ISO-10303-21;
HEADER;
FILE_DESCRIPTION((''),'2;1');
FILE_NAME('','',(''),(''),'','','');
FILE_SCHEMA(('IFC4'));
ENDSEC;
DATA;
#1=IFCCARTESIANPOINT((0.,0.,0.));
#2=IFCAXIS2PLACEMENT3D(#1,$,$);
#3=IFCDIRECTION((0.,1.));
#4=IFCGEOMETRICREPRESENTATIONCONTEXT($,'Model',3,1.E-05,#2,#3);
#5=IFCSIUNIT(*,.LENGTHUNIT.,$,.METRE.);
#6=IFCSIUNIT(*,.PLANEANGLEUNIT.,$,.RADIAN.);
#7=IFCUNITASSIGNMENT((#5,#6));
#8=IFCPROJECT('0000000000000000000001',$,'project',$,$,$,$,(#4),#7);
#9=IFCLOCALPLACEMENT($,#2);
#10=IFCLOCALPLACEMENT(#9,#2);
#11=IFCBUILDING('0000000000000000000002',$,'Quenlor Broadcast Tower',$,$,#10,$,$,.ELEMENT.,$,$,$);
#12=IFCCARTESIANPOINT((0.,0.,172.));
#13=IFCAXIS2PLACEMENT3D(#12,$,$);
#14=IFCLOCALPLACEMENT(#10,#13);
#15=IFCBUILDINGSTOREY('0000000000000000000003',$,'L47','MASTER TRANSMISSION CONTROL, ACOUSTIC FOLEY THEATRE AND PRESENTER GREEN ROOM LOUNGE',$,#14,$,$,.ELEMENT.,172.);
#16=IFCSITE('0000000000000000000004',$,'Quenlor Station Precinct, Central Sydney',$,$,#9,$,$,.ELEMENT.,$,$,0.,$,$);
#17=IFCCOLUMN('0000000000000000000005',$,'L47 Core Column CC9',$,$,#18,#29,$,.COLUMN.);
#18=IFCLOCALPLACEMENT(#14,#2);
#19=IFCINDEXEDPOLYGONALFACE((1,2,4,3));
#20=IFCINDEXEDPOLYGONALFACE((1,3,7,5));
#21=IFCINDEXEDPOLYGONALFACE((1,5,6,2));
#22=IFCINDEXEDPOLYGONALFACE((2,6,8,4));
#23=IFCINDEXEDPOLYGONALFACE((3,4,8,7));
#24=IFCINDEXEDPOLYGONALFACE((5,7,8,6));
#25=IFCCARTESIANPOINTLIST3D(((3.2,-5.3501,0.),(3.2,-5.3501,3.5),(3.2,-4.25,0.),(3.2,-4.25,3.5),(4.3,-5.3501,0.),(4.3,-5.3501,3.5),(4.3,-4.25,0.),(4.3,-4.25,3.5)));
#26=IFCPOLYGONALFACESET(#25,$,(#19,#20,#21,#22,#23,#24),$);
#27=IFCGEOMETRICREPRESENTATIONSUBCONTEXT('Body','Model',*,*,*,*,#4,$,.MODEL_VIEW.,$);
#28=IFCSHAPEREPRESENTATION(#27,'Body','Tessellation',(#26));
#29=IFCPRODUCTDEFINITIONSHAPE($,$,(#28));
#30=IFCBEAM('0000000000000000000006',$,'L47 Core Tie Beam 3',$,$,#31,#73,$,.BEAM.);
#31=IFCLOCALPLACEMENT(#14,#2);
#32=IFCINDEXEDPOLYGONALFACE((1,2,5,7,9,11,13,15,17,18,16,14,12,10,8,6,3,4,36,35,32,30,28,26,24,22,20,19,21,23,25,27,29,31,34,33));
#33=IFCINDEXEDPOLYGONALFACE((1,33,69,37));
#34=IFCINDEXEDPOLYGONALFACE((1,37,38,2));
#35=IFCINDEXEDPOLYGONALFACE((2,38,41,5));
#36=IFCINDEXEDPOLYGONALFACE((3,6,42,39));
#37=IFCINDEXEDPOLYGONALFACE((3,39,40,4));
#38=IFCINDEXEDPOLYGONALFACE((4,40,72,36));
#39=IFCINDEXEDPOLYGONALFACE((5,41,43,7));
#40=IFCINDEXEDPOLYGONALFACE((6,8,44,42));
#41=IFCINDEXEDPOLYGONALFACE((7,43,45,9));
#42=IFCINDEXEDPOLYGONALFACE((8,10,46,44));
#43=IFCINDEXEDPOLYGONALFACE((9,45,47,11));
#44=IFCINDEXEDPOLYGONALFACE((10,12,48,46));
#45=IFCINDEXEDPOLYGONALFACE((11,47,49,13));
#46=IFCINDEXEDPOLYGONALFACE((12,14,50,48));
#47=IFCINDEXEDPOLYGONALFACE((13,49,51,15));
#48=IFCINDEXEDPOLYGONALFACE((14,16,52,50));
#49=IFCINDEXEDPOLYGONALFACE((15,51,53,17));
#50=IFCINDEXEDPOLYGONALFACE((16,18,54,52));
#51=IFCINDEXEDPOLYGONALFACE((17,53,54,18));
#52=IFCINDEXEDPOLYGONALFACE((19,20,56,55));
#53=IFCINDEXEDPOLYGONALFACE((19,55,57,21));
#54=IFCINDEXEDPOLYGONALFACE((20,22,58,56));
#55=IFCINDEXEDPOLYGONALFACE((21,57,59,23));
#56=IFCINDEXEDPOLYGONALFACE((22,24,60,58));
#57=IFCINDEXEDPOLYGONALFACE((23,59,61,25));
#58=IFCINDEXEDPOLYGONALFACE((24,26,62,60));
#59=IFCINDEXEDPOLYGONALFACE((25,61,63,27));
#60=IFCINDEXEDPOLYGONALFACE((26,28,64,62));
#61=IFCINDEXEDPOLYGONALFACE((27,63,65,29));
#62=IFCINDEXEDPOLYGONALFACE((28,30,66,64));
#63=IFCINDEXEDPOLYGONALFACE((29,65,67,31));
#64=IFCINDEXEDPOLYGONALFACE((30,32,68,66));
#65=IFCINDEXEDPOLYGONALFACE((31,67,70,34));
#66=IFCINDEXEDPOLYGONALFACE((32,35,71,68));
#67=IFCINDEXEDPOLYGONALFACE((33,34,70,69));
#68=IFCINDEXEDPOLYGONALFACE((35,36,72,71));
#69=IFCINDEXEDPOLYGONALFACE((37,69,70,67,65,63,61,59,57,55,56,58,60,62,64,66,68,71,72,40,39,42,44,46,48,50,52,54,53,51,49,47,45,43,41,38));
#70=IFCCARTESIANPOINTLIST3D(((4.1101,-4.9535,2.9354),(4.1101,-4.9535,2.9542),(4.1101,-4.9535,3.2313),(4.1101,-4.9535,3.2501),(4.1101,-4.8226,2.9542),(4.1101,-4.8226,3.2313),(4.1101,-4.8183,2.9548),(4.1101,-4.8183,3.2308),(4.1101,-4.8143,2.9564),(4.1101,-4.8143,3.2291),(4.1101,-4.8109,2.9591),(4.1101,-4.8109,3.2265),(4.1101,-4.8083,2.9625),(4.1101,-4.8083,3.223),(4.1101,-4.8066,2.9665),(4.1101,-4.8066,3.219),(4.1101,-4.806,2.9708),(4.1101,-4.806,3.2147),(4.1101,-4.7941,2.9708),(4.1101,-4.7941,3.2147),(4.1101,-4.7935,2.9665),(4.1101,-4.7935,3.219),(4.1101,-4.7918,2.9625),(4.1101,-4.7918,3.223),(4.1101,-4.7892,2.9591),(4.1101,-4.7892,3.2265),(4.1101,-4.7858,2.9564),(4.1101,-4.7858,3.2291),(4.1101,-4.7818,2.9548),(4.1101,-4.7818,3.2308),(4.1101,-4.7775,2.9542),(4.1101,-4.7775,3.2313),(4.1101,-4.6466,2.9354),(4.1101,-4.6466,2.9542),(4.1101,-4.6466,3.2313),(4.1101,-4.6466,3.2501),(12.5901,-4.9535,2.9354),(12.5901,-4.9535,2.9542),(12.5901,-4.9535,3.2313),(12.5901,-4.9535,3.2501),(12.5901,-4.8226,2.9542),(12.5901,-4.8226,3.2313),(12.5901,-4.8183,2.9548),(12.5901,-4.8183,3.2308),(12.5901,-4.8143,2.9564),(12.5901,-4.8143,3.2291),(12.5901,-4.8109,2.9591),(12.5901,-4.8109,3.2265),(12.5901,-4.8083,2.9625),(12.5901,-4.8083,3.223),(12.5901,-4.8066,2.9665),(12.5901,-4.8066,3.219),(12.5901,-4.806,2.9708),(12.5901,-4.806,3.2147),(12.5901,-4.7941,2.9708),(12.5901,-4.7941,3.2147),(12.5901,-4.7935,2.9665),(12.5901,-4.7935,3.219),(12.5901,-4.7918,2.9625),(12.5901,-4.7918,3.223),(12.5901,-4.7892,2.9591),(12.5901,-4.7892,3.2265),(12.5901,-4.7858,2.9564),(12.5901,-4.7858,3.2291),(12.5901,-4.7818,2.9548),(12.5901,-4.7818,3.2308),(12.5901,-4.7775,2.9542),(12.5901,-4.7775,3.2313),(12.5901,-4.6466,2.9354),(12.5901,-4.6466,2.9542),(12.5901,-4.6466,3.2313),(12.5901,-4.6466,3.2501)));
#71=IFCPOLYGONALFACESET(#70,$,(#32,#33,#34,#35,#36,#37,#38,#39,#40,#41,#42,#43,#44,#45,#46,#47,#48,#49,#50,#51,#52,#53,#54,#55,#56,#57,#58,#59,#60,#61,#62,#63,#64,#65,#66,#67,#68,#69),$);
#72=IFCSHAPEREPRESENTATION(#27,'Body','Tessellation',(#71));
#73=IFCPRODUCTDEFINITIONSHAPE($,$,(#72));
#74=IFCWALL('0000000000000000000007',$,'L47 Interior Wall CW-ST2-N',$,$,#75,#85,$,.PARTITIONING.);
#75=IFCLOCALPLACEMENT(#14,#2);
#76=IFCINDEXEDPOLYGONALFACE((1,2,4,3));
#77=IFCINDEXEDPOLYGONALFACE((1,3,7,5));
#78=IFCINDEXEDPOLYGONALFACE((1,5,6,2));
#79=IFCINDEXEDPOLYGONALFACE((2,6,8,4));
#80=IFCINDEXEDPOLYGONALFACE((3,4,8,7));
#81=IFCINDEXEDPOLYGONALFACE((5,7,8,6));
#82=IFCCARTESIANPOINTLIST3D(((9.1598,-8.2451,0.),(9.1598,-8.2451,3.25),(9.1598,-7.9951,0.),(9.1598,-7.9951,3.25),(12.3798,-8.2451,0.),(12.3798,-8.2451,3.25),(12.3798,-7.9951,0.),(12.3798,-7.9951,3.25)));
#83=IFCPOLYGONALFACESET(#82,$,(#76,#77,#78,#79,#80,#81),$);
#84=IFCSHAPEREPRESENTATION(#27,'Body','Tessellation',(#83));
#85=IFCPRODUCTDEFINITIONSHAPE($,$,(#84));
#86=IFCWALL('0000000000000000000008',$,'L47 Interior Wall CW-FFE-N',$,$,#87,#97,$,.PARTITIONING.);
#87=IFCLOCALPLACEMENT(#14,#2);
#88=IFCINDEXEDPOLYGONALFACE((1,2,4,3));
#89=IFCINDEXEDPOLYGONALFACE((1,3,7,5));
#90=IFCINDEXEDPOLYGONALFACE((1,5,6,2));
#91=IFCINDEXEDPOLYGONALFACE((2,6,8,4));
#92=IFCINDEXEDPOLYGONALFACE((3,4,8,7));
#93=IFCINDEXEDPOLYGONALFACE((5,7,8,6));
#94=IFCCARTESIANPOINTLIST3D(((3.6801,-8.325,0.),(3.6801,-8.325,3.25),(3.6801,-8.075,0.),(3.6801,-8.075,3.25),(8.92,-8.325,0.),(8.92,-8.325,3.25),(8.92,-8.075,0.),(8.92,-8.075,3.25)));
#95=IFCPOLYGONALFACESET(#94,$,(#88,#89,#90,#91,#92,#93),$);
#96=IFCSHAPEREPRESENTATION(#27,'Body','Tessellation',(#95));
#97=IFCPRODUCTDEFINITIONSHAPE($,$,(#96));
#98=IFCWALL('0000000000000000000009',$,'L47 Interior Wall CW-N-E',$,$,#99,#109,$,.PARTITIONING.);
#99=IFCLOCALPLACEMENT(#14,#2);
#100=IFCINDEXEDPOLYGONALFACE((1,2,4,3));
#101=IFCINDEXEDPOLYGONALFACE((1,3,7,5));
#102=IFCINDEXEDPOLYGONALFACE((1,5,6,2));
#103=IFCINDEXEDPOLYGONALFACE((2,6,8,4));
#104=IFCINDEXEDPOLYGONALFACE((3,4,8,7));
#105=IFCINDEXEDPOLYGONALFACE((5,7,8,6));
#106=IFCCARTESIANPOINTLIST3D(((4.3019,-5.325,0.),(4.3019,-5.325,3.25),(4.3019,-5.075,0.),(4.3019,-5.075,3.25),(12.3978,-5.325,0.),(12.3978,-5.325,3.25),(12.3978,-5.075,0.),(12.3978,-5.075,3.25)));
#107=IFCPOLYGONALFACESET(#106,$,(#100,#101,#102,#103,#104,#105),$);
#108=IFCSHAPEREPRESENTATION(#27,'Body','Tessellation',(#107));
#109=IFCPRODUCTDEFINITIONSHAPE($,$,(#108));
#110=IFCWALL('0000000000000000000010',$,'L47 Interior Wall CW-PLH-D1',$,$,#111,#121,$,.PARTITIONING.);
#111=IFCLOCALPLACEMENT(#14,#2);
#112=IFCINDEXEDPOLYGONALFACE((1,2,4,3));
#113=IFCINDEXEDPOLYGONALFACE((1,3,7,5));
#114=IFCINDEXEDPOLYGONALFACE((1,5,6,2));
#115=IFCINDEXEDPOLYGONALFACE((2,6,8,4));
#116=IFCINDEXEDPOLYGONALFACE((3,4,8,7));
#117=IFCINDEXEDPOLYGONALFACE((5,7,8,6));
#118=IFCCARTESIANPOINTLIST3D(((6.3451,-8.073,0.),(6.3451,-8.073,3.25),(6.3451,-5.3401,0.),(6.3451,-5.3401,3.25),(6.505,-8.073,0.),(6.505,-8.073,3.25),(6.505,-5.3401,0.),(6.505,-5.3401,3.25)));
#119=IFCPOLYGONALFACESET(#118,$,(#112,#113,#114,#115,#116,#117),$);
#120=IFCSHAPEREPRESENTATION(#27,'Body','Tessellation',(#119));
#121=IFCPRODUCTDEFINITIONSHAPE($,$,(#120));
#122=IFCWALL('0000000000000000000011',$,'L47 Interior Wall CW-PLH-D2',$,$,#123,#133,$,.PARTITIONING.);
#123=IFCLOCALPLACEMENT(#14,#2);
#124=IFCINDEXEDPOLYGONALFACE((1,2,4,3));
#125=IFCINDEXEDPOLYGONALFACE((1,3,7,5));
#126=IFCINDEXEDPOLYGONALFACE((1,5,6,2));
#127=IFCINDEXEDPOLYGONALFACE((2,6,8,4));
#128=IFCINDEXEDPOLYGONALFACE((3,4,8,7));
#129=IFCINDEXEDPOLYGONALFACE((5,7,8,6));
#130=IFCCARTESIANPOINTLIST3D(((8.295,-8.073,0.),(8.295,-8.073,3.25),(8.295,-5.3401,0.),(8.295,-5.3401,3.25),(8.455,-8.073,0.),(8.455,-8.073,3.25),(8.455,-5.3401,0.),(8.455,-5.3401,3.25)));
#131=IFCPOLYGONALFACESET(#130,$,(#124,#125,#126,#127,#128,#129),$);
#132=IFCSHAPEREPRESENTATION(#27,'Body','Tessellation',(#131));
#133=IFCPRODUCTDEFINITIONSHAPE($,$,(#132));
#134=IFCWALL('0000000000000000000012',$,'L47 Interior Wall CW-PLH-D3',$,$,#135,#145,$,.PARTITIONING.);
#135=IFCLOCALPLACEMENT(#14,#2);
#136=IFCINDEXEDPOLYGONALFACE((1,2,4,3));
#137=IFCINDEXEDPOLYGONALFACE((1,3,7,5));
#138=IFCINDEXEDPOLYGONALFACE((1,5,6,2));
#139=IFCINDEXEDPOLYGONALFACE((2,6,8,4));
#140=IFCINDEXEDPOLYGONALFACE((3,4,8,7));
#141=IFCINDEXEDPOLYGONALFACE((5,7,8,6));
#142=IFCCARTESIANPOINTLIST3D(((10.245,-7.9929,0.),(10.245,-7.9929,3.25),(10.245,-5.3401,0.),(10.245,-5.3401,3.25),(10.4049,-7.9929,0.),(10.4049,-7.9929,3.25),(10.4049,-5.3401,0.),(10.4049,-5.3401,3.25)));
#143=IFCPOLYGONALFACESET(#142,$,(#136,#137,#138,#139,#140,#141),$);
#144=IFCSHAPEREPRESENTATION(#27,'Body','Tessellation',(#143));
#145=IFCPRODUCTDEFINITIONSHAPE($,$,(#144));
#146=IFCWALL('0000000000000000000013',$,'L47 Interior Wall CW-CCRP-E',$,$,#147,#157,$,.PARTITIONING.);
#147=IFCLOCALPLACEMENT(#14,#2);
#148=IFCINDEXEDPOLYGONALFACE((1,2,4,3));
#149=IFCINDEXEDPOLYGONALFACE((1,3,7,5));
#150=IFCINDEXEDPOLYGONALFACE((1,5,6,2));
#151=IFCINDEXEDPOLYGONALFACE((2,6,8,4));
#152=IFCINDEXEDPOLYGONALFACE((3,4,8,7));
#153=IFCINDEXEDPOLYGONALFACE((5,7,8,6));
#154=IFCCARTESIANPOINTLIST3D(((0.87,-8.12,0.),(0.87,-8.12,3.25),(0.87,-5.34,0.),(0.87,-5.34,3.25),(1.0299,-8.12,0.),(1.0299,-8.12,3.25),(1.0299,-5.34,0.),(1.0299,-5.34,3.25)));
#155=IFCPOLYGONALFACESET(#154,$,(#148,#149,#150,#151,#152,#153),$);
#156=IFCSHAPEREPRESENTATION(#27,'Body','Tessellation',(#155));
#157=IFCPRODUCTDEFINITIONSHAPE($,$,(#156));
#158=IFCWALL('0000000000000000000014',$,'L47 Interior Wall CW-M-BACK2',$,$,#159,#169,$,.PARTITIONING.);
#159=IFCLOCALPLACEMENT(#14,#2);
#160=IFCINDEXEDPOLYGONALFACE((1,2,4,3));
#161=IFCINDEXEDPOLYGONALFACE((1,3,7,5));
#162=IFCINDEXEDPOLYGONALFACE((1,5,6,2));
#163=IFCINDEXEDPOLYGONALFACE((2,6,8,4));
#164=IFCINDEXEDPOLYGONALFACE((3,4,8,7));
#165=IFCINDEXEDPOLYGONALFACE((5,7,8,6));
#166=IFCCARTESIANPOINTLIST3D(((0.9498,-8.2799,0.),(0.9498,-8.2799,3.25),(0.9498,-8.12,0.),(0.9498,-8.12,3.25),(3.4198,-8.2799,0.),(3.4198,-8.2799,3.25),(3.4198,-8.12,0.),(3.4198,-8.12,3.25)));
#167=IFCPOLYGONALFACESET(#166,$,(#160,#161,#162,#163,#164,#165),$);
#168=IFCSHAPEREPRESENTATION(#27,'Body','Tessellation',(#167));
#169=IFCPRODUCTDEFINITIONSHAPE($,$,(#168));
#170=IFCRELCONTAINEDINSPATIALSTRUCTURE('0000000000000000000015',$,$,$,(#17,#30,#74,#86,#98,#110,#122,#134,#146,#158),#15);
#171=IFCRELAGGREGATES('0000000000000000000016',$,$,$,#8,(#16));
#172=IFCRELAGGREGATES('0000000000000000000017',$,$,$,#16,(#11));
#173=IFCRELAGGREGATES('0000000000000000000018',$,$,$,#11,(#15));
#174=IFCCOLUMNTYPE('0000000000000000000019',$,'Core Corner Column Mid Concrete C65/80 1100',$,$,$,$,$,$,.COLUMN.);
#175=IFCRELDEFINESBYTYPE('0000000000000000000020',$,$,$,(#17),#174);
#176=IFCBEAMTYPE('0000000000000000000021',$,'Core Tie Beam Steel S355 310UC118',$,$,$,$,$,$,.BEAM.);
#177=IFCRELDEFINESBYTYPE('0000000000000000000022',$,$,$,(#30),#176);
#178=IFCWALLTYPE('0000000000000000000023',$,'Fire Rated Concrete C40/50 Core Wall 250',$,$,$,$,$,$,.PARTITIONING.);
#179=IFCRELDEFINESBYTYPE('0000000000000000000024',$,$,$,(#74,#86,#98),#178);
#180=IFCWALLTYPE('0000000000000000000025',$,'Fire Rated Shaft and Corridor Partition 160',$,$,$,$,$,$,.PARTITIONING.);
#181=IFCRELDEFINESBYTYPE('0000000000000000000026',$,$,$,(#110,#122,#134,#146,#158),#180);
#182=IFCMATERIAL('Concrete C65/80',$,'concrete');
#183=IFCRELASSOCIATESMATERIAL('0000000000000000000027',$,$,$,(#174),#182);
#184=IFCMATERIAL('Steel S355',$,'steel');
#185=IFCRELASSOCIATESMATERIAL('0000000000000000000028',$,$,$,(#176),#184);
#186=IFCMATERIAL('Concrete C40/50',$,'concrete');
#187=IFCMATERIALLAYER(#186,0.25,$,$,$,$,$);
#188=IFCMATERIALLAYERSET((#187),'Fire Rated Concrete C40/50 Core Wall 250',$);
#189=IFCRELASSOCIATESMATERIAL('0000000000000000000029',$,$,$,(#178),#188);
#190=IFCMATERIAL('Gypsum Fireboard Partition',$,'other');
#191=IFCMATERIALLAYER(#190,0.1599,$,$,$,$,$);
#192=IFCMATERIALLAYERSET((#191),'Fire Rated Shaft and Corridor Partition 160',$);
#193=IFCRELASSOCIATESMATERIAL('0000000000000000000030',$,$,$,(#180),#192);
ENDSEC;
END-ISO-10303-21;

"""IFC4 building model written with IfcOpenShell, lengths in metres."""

from ifc_helpers import new_model, si_unit, direction, frame, frame_2d, origin, origin_2d, place, context, subcontext, project, spatial, rectangle, i_section, extrude, material, layer, layer_set, material_profile, profile_set, type_object, element, save


model = new_model("IFC4")

# Units and contexts
model_context = context("Model", 3, precision=1e-05, world=origin(), true_north=direction((0.0, 1.0)))
body_context = subcontext(model_context, "Body", "Model", "MODEL_VIEW")
ifc_project = project(units=[si_unit("LENGTHUNIT", "METRE"), si_unit("PLANEANGLEUNIT", "RADIAN")], contexts=[model_context])

# Site, building, storey
site_placement = place(None, origin())
site = spatial("IfcSite", under=ifc_project, at=site_placement, Name="Quenlor Station Precinct, Central Sydney", CompositionType="ELEMENT", RefElevation=0.0)
building_placement = place(site_placement, origin())
building = spatial("IfcBuilding", under=site, at=building_placement, Name="Quenlor Broadcast Tower", CompositionType="ELEMENT")
storey_placement = place(building_placement, frame((0.0, 0.0, 172.0)))
storey = spatial("IfcBuildingStorey", under=building, at=storey_placement, Name="L47", Description="MASTER TRANSMISSION CONTROL, ACOUSTIC FOLEY THEATRE AND PRESENTER GREEN ROOM LOUNGE", CompositionType="ELEMENT", Elevation=172.0)

# Column
ifc_material_1 = material(Name="Concrete C65/80", Category="concrete")
ifc_material_profile_1 = material_profile(ifc_material_1, rectangle(XDim=1.1001, YDim=1.1001, at=origin_2d()))
ifc_profile_set_1 = profile_set([ifc_material_profile_1], Name="Concrete C65/80 RC1100x1100")
column_type = type_object("IfcColumnType", Name="Core Corner Column Mid Concrete C65/80 1100", PredefinedType="COLUMN", material=ifc_profile_set_1)
column_placement = place(storey_placement, frame((3.75, -4.8, 0.0), z_axis=(0.0, 0.0, 1.0), x_axis=(1.0, 0.0, 0.0)))
element("IfcColumn", 1, at=column_placement, inside=storey, type_object=column_type, Name="L47 Core Column CC9", PredefinedType="COLUMN", context=body_context, shape_type="SweptSolid", body=[
    extrude(rectangle(XDim=1.1001, YDim=1.1001, at=origin_2d()), origin(), (0.0, 0.0, 1.0), 3.5),
])

# Beam
ifc_material_2 = material(Name="Steel S355", Category="steel")
ifc_material_profile_2 = material_profile(ifc_material_2, i_section(OverallWidth=0.3069, OverallDepth=0.3147, WebThickness=0.012, FlangeThickness=0.0188, FilletRadius=0.0166, at=origin_2d()))
ifc_profile_set_2 = profile_set([ifc_material_profile_2], Name="Steel S355 310UC118")
beam_type = type_object("IfcBeamType", Name="Core Tie Beam Steel S355 310UC118", PredefinedType="BEAM", material=ifc_profile_set_2)
beam_placement = place(storey_placement, frame((4.1101, -4.8, 3.0928), z_axis=(1.0, 0.0, 0.0), x_axis=(0.0, 1.0, 0.0)))
element("IfcBeam", 2, at=beam_placement, inside=storey, type_object=beam_type, Name="L47 Core Tie Beam 3", PredefinedType="BEAM", context=body_context, shape_type="SweptSolid", body=[
    extrude(i_section(OverallWidth=0.3069, OverallDepth=0.3147, WebThickness=0.012, FlangeThickness=0.0188, FilletRadius=0.0166, at=origin_2d()), origin(), (0.0, 0.0, 1.0), 8.48),
])

# Walls
ifc_material_3 = material(Name="Concrete C40/50", Category="concrete")
ifc_layer_1 = layer(ifc_material_3, 0.25)
ifc_layer_set_1 = layer_set([ifc_layer_1], Name="Fire Rated Concrete C40/50 Core Wall 250")
wall_type_1 = type_object("IfcWallType", Name="Fire Rated Concrete C40/50 Core Wall 250", PredefinedType="PARTITIONING", material=ifc_layer_set_1)
wall_1_placement = place(storey_placement, frame((9.1599, -8.1201, 0.0), z_axis=(0.0, 0.0, 1.0), x_axis=(1.0, 0.0, 0.0)))
element("IfcWall", 3, at=wall_1_placement, inside=storey, type_object=wall_type_1, Name="L47 Interior Wall CW-ST2-N", PredefinedType="PARTITIONING", context=body_context, shape_type="SweptSolid", body=[
    extrude(rectangle(XDim=3.22, YDim=0.25, at=frame_2d((1.6099, 0.0))), origin(), (0.0, 0.0, 1.0), 3.25),
])
wall_2_placement = place(storey_placement, frame((3.6799, -8.2, 0.0), z_axis=(0.0, 0.0, 1.0), x_axis=(1.0, 0.0, 0.0)))
element("IfcWall", 4, at=wall_2_placement, inside=storey, type_object=wall_type_1, Name="L47 Interior Wall CW-FFE-N", PredefinedType="PARTITIONING", context=body_context, shape_type="SweptSolid", body=[
    extrude(rectangle(XDim=5.24, YDim=0.25, at=frame_2d((2.6201, 0.0))), origin(), (0.0, 0.0, 1.0), 3.25),
])
wall_3_placement = place(storey_placement, frame((4.302, -5.2, 0.0), z_axis=(0.0, 0.0, 1.0), x_axis=(1.0, 0.0, 0.0)))
element("IfcWall", 5, at=wall_3_placement, inside=storey, type_object=wall_type_1, Name="L47 Interior Wall CW-N-E", PredefinedType="PARTITIONING", context=body_context, shape_type="SweptSolid", body=[
    extrude(rectangle(XDim=8.0959, YDim=0.25, at=frame_2d((4.0479, 0.0))), origin(), (0.0, 0.0, 1.0), 3.25),
])

# Walls
ifc_material_4 = material(Name="Gypsum Fireboard Partition", Category="other")
ifc_layer_2 = layer(ifc_material_4, 0.1599)
ifc_layer_set_2 = layer_set([ifc_layer_2], Name="Fire Rated Shaft and Corridor Partition 160")
wall_type_2 = type_object("IfcWallType", Name="Fire Rated Shaft and Corridor Partition 160", PredefinedType="PARTITIONING", material=ifc_layer_set_2)
for number, where, z_axis, x_axis, name in (
    (6, (6.425, -8.073, 0.0), (0.0, 0.0, 1.0), (0.0, 1.0, 0.0), "L47 Interior Wall CW-PLH-D1"),
    (7, (8.375, -8.073, 0.0), (0.0, 0.0, 1.0), (0.0, 1.0, 0.0), "L47 Interior Wall CW-PLH-D2"),
):
    element("IfcWall", number, at=place(storey_placement, frame(where, z_axis=z_axis, x_axis=x_axis)), inside=storey, type_object=wall_type_2, Name=name, PredefinedType="PARTITIONING", context=body_context, shape_type="SweptSolid", body=[
        extrude(rectangle(XDim=2.7329, YDim=0.1599, at=frame_2d((1.3665, 0.0))), origin(), (0.0, 0.0, 1.0), 3.25),
    ])
wall_4_placement = place(storey_placement, frame((10.325, -7.9929, 0.0), z_axis=(0.0, 0.0, 1.0), x_axis=(0.0, 1.0, 0.0)))
element("IfcWall", 8, at=wall_4_placement, inside=storey, type_object=wall_type_2, Name="L47 Interior Wall CW-PLH-D3", PredefinedType="PARTITIONING", context=body_context, shape_type="SweptSolid", body=[
    extrude(rectangle(XDim=2.6528, YDim=0.1599, at=frame_2d((1.3264, 0.0))), origin(), (0.0, 0.0, 1.0), 3.25),
])
wall_5_placement = place(storey_placement, frame((0.95, -8.1201, 0.0), z_axis=(0.0, 0.0, 1.0), x_axis=(0.0, 1.0, 0.0)))
element("IfcWall", 9, at=wall_5_placement, inside=storey, type_object=wall_type_2, Name="L47 Interior Wall CW-CCRP-E", PredefinedType="PARTITIONING", context=body_context, shape_type="SweptSolid", body=[
    extrude(rectangle(XDim=2.78, YDim=0.1599, at=frame_2d((1.3901, 0.0))), origin(), (0.0, 0.0, 1.0), 3.25),
])
wall_6_placement = place(storey_placement, frame((0.95, -8.2, 0.0), z_axis=(0.0, 0.0, 1.0), x_axis=(1.0, 0.0, 0.0)))
element("IfcWall", 10, at=wall_6_placement, inside=storey, type_object=wall_type_2, Name="L47 Interior Wall CW-M-BACK2", PredefinedType="PARTITIONING", context=body_context, shape_type="SweptSolid", body=[
    extrude(rectangle(XDim=2.47, YDim=0.1599, at=frame_2d((1.2349, 0.0))), origin(), (0.0, 0.0, 1.0), 3.25),
])

save(model, "model.ifc")
